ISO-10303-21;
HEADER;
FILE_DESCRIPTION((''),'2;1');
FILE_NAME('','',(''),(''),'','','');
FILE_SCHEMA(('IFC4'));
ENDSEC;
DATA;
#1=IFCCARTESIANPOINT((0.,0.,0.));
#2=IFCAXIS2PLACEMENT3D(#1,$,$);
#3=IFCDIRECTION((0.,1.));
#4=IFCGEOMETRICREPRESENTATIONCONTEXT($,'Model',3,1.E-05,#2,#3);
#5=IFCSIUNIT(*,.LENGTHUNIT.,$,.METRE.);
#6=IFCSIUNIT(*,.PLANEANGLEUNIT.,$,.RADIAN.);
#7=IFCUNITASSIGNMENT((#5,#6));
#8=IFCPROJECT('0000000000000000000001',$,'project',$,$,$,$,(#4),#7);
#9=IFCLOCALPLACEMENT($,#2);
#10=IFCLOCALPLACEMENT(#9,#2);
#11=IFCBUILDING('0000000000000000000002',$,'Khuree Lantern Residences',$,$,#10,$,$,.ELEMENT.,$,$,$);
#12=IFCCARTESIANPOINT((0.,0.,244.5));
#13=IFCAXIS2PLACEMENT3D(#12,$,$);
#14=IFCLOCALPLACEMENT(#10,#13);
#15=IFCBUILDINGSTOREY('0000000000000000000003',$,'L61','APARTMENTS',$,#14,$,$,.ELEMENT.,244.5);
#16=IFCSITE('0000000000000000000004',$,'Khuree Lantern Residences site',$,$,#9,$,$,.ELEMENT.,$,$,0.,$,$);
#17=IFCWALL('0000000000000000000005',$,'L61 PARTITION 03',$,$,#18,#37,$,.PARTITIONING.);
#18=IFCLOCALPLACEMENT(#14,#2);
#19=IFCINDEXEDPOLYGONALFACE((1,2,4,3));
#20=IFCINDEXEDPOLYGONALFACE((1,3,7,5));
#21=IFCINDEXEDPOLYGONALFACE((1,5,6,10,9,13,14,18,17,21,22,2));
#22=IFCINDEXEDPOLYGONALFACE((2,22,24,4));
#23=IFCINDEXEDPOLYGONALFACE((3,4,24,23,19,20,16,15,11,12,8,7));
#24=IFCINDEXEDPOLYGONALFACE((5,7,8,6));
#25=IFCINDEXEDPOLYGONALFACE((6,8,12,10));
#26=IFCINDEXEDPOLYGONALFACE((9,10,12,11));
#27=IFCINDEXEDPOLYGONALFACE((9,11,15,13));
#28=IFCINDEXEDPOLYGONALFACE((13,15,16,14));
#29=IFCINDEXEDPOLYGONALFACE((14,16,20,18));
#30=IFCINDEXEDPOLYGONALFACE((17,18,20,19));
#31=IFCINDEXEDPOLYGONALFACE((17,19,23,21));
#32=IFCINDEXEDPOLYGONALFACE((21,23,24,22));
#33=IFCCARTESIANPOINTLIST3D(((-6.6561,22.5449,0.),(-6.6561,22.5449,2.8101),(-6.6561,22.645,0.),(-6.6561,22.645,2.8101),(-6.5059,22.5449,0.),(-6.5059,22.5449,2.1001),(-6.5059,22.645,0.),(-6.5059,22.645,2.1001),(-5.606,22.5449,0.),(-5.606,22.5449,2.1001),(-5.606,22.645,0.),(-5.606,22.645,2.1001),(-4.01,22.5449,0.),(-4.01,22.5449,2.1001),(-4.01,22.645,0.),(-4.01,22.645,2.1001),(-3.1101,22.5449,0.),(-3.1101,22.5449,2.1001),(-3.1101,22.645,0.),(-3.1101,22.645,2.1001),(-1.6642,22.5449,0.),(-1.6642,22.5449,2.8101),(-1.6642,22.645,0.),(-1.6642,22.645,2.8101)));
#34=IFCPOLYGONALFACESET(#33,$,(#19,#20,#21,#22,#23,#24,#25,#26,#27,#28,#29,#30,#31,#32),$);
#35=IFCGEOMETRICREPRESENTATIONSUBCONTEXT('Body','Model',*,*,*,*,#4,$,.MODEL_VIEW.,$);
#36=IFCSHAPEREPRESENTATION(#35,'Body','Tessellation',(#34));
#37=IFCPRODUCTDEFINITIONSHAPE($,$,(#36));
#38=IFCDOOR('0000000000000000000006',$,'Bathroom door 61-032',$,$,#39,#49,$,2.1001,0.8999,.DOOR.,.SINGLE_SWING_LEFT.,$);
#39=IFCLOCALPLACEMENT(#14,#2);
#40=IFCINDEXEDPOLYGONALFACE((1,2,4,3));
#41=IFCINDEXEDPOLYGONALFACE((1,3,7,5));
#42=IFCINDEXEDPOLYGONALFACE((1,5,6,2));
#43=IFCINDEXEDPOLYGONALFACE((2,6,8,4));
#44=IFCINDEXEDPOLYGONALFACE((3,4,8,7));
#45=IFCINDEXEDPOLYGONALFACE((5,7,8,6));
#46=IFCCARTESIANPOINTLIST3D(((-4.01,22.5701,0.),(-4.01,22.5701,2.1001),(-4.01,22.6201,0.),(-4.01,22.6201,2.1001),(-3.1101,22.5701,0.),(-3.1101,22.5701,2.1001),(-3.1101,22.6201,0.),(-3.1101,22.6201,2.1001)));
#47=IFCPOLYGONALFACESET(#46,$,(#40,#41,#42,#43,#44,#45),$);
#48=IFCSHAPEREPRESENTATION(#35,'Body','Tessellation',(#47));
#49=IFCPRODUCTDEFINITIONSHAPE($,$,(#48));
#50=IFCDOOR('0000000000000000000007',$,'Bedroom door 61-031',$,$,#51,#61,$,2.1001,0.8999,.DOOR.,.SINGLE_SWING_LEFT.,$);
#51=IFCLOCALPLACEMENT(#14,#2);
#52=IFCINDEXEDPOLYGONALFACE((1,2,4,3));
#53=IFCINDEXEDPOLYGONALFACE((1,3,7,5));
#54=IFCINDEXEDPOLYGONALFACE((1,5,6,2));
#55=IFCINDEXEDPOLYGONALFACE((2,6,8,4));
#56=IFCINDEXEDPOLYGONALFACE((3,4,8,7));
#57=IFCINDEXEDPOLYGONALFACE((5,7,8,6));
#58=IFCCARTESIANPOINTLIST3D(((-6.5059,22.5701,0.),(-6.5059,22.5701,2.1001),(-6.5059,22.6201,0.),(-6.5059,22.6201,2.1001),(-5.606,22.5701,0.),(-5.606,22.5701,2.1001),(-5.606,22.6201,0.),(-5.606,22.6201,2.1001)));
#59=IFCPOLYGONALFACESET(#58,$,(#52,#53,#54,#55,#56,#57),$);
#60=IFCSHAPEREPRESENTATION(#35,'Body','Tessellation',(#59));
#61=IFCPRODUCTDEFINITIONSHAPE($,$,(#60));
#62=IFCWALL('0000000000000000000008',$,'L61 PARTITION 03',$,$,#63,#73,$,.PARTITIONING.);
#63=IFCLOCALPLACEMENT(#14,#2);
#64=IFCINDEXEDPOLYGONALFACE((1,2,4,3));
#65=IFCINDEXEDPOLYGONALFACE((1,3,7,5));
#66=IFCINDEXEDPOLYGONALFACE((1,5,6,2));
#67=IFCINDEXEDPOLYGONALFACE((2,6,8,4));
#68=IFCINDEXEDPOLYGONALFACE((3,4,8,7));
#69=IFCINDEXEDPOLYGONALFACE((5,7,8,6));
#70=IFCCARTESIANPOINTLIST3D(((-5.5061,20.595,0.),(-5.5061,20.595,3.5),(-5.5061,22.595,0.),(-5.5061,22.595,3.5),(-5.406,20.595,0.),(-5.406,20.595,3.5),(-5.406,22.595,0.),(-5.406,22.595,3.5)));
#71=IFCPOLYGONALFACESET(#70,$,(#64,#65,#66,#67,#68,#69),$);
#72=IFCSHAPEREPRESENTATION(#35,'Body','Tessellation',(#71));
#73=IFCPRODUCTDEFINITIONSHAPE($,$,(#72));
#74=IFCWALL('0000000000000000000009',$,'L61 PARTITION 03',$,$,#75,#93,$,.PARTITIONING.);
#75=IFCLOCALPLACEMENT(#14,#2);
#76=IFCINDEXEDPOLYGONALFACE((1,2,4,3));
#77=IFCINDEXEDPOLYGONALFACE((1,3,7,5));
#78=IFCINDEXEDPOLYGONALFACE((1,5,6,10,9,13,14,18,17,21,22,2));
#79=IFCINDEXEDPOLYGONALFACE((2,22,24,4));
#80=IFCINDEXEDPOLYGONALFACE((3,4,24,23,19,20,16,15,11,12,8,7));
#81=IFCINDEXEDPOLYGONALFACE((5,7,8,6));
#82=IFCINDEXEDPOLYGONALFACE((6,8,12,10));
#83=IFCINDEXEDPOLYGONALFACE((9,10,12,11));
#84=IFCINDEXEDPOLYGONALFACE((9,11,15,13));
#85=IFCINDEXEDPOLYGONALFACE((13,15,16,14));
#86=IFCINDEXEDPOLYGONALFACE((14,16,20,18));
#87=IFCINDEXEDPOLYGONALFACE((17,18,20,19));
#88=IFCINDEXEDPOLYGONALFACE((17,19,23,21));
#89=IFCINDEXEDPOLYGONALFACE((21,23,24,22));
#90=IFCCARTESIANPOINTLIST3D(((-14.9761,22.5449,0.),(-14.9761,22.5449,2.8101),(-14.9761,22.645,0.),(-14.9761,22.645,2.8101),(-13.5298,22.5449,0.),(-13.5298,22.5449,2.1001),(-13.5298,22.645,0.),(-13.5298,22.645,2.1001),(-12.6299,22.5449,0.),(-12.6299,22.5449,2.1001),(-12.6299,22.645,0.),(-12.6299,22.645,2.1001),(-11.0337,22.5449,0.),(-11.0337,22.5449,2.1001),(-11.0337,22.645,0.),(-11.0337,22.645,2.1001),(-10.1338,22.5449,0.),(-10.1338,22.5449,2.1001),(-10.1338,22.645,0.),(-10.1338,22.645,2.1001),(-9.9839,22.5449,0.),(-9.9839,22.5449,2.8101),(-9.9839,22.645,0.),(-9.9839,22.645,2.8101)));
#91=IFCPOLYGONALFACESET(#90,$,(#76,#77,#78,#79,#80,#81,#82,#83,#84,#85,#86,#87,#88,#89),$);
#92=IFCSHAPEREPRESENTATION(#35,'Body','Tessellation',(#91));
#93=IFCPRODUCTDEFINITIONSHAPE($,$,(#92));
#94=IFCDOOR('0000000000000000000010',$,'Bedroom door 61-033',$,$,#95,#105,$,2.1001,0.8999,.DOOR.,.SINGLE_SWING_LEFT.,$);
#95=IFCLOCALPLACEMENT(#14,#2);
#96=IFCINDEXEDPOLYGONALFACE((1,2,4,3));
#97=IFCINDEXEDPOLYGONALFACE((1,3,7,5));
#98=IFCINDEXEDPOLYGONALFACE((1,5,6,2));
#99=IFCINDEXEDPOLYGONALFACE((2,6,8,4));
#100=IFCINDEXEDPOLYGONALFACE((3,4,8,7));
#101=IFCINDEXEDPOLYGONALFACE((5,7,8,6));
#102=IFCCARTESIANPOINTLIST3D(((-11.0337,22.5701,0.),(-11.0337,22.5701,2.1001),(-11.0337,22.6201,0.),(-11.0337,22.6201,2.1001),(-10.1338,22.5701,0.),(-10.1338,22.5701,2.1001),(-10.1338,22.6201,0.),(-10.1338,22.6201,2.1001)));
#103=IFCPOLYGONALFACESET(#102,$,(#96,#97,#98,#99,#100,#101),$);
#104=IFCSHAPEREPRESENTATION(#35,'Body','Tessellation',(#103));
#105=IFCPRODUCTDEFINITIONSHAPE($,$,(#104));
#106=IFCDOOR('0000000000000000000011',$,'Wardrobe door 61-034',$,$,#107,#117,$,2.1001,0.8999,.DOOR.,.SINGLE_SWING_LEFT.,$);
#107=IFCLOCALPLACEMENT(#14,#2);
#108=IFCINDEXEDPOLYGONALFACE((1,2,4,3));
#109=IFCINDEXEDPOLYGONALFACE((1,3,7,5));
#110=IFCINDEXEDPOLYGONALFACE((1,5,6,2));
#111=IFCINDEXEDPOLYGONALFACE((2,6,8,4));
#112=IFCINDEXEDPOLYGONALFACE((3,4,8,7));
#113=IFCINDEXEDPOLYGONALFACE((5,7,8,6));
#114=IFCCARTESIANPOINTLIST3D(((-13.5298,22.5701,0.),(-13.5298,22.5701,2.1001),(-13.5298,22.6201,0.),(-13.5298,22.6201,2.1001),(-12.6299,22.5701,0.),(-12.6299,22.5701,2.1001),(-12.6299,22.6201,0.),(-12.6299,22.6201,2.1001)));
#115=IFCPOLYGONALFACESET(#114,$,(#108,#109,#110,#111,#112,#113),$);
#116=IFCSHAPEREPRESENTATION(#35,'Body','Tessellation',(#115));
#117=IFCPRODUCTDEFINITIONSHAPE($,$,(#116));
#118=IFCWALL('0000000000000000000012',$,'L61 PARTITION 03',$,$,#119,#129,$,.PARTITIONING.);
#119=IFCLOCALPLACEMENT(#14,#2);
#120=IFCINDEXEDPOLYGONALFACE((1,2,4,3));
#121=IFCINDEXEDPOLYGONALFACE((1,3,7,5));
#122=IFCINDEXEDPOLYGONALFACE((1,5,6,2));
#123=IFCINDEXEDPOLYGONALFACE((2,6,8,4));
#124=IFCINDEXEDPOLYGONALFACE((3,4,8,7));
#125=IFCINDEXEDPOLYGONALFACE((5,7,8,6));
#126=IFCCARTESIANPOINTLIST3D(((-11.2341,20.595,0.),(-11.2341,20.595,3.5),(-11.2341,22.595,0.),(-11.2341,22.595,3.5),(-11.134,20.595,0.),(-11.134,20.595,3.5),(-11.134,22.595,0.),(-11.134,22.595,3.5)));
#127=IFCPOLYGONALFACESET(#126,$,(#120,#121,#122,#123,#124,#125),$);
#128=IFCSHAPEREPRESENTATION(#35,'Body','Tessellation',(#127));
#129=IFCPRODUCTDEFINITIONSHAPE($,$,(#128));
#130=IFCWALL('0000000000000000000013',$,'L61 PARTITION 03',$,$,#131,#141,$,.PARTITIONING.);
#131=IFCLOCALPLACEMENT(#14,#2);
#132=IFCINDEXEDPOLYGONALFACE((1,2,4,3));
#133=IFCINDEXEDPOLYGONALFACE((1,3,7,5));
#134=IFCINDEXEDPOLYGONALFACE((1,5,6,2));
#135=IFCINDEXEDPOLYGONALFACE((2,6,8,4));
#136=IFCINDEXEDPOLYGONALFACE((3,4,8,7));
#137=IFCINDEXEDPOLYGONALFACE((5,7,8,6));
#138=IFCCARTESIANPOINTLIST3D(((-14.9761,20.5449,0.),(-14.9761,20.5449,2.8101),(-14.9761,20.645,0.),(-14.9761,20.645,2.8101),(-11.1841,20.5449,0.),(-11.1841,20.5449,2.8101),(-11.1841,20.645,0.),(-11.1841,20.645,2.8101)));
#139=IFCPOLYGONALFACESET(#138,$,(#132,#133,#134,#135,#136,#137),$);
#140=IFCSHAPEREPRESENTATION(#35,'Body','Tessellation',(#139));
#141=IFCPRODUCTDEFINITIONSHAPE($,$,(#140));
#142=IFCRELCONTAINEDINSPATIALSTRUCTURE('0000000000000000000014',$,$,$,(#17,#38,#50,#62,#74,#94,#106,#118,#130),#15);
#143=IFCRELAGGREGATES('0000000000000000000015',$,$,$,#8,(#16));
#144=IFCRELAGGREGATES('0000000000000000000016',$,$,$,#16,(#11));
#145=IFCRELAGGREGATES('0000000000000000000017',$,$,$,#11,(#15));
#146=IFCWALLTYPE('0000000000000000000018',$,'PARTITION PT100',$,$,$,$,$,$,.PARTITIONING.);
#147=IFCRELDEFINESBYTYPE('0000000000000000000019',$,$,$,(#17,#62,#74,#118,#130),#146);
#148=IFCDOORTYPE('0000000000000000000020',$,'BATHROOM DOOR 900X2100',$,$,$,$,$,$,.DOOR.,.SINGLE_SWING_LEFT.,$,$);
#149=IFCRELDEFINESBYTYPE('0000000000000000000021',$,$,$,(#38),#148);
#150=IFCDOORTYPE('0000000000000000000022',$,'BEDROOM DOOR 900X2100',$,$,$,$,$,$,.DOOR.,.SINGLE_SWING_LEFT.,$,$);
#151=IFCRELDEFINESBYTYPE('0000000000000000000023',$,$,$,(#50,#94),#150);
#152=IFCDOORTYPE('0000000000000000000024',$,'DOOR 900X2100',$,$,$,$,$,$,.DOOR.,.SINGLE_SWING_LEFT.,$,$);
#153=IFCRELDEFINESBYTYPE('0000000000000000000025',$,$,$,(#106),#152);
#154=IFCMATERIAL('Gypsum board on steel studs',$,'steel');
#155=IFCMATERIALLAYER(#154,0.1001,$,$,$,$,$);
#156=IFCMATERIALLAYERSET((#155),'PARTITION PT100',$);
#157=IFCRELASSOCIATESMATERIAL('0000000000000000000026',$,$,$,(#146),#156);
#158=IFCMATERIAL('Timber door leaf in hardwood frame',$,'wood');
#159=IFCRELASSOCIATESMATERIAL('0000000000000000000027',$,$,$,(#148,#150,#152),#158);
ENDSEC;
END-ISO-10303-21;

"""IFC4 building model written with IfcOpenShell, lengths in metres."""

from ifc_helpers import new_model, si_unit, direction, frame, frame_2d, origin, place, context, subcontext, project, spatial, rectangle, extrude, material, layer, layer_set, type_object, element, fill, save


model = new_model("IFC4")

# Units and contexts
model_context = context("Model", 3, precision=1e-05, world=origin(), true_north=direction((0.0, 1.0)))
body_context = subcontext(model_context, "Body", "Model", "MODEL_VIEW")
ifc_project = project(units=[si_unit("LENGTHUNIT", "METRE"), si_unit("PLANEANGLEUNIT", "RADIAN")], contexts=[model_context])

# Site, building, storey
site_placement = place(None, origin())
site = spatial("IfcSite", under=ifc_project, at=site_placement, Name="Khuree Lantern Residences site", CompositionType="ELEMENT", RefElevation=0.0)
building_placement = place(site_placement, origin())
building = spatial("IfcBuilding", under=site, at=building_placement, Name="Khuree Lantern Residences", CompositionType="ELEMENT")
storey_placement = place(building_placement, frame((0.0, 0.0, 244.5)))
storey = spatial("IfcBuildingStorey", under=building, at=storey_placement, Name="L61", Description="APARTMENTS", CompositionType="ELEMENT", Elevation=244.5)

# Shared definitions
ifc_material_1 = material(Name="Gypsum board on steel studs", Category="steel")
ifc_layer_1 = layer(ifc_material_1, 0.1001)
ifc_layer_set_1 = layer_set([ifc_layer_1], Name="PARTITION PT100")
wall_type_1 = type_object("IfcWallType", Name="PARTITION PT100", PredefinedType="PARTITIONING", material=ifc_layer_set_1)

# Wall, openings, doors
wall_1_placement = place(storey_placement, frame((-1.6641, 22.595, 0.0), z_axis=(0.0, 0.0, 1.0), x_axis=(-1.0, 0.0, 0.0)))
wall_1 = element("IfcWall", 1, at=wall_1_placement, inside=storey, type_object=wall_type_1, Name="L61 PARTITION 03", PredefinedType="PARTITIONING", context=body_context, shape_type="SweptSolid", body=[
    extrude(rectangle(XDim=4.9919, YDim=0.1001, at=frame_2d((2.4961, 0.0))), origin(), (0.0, 0.0, 1.0), 2.8101),
])
opening_1_placement = place(wall_1_placement, frame((3.9419, 0.0, 0.0)))
opening_1 = element("IfcOpeningElement", 2, at=opening_1_placement, cuts=wall_1, PredefinedType="OPENING", context=body_context, shape_type="SweptSolid", body=[
    extrude(rectangle(XDim=0.8999, YDim=2.1001, at=frame_2d((0.45, 1.05))), frame((0.0, 0.0601, 0.0), z_axis=(0.0, -1.0, 0.0), x_axis=(1.0, 0.0, 0.0)), (0.0, 0.0, 1.0), 0.1201),
])
opening_2_placement = place(wall_1_placement, frame((1.446, 0.0, 0.0)))
opening_2 = element("IfcOpeningElement", 3, at=opening_2_placement, cuts=wall_1, PredefinedType="OPENING", context=body_context, shape_type="SweptSolid", body=[
    extrude(rectangle(XDim=0.8999, YDim=2.1001, at=frame_2d((0.45, 1.05))), frame((0.0, 0.0601, 0.0), z_axis=(0.0, -1.0, 0.0), x_axis=(1.0, 0.0, 0.0)), (0.0, 0.0, 1.0), 0.1201),
])
ifc_material_2 = material(Name="Timber door leaf in hardwood frame", Category="wood")
door_type_1 = type_object("IfcDoorType", Name="BATHROOM DOOR 900X2100", OperationType="SINGLE_SWING_LEFT", PredefinedType="DOOR", material=ifc_material_2)
door_1_placement = place(opening_2_placement, origin())
door_1 = element("IfcDoor", 4, at=door_1_placement, inside=storey, type_object=door_type_1, Name="Bathroom door 61-032", OperationType="SINGLE_SWING_LEFT", OverallHeight=2.1001, OverallWidth=0.8999, PredefinedType="DOOR", context=body_context, shape_type="SweptSolid", body=[
    extrude(rectangle(XDim=0.8999, YDim=2.1001, at=frame_2d((0.45, 1.05))), frame((0.0, 0.0249, 0.0), z_axis=(0.0, -1.0, 0.0), x_axis=(1.0, 0.0, 0.0)), (0.0, 0.0, 1.0), 0.05),
])
fill(opening_2, door_1)
door_type_2 = type_object("IfcDoorType", Name="BEDROOM DOOR 900X2100", OperationType="SINGLE_SWING_LEFT", PredefinedType="DOOR", material=ifc_material_2)
door_2_placement = place(opening_1_placement, origin())
door_2 = element("IfcDoor", 5, at=door_2_placement, inside=storey, type_object=door_type_2, Name="Bedroom door 61-031", OperationType="SINGLE_SWING_LEFT", OverallHeight=2.1001, OverallWidth=0.8999, PredefinedType="DOOR", context=body_context, shape_type="SweptSolid", body=[
    extrude(rectangle(XDim=0.8999, YDim=2.1001, at=frame_2d((0.45, 1.05))), frame((0.0, 0.0249, 0.0), z_axis=(0.0, -1.0, 0.0), x_axis=(1.0, 0.0, 0.0)), (0.0, 0.0, 1.0), 0.05),
])
fill(opening_1, door_2)

# Wall
wall_2_placement = place(storey_placement, frame((-5.4561, 20.595, 0.0), z_axis=(0.0, 0.0, 1.0), x_axis=(0.0, 1.0, 0.0)))
element("IfcWall", 6, at=wall_2_placement, inside=storey, type_object=wall_type_1, Name="L61 PARTITION 03", PredefinedType="PARTITIONING", context=body_context, shape_type="SweptSolid", body=[
    extrude(rectangle(XDim=2.0, YDim=0.1001, at=frame_2d((1.0, 0.0))), origin(), (0.0, 0.0, 1.0), 3.5),
])

# Wall, openings, doors
wall_3_placement = place(storey_placement, frame((-9.9839, 22.595, 0.0), z_axis=(0.0, 0.0, 1.0), x_axis=(-1.0, 0.0, 0.0)))
wall_3 = element("IfcWall", 7, at=wall_3_placement, inside=storey, type_object=wall_type_1, Name="L61 PARTITION 03", PredefinedType="PARTITIONING", context=body_context, shape_type="SweptSolid", body=[
    extrude(rectangle(XDim=4.9922, YDim=0.1001, at=frame_2d((2.4961, 0.0))), origin(), (0.0, 0.0, 1.0), 2.8101),
])
opening_3_placement = place(wall_3_placement, frame((0.1499, 0.0, 0.0)))
opening_3 = element("IfcOpeningElement", 8, at=opening_3_placement, cuts=wall_3, PredefinedType="OPENING", context=body_context, shape_type="SweptSolid", body=[
    extrude(rectangle(XDim=0.8999, YDim=2.1001, at=frame_2d((0.45, 1.05))), frame((0.0, 0.0601, 0.0), z_axis=(0.0, -1.0, 0.0), x_axis=(1.0, 0.0, 0.0)), (0.0, 0.0, 1.0), 0.1201),
])
opening_4_placement = place(wall_3_placement, frame((2.646, 0.0, 0.0)))
opening_4 = element("IfcOpeningElement", 9, at=opening_4_placement, cuts=wall_3, PredefinedType="OPENING", context=body_context, shape_type="SweptSolid", body=[
    extrude(rectangle(XDim=0.8999, YDim=2.1001, at=frame_2d((0.45, 1.05))), frame((0.0, 0.0601, 0.0), z_axis=(0.0, -1.0, 0.0), x_axis=(1.0, 0.0, 0.0)), (0.0, 0.0, 1.0), 0.1201),
])
door_3_placement = place(opening_3_placement, origin())
door_3 = element("IfcDoor", 10, at=door_3_placement, inside=storey, type_object=door_type_2, Name="Bedroom door 61-033", OperationType="SINGLE_SWING_LEFT", OverallHeight=2.1001, OverallWidth=0.8999, PredefinedType="DOOR", context=body_context, shape_type="SweptSolid", body=[
    extrude(rectangle(XDim=0.8999, YDim=2.1001, at=frame_2d((0.45, 1.05))), frame((0.0, 0.0249, 0.0), z_axis=(0.0, -1.0, 0.0), x_axis=(1.0, 0.0, 0.0)), (0.0, 0.0, 1.0), 0.05),
])
fill(opening_3, door_3)
door_type_3 = type_object("IfcDoorType", Name="DOOR 900X2100", OperationType="SINGLE_SWING_LEFT", PredefinedType="DOOR", material=ifc_material_2)
door_4_placement = place(opening_4_placement, origin())
door_4 = element("IfcDoor", 11, at=door_4_placement, inside=storey, type_object=door_type_3, Name="Wardrobe door 61-034", OperationType="SINGLE_SWING_LEFT", OverallHeight=2.1001, OverallWidth=0.8999, PredefinedType="DOOR", context=body_context, shape_type="SweptSolid", body=[
    extrude(rectangle(XDim=0.8999, YDim=2.1001, at=frame_2d((0.45, 1.05))), frame((0.0, 0.0249, 0.0), z_axis=(0.0, -1.0, 0.0), x_axis=(1.0, 0.0, 0.0)), (0.0, 0.0, 1.0), 0.05),
])
fill(opening_4, door_4)

# Walls
wall_4_placement = place(storey_placement, frame((-11.1841, 20.595, 0.0), z_axis=(0.0, 0.0, 1.0), x_axis=(0.0, 1.0, 0.0)))
element("IfcWall", 12, at=wall_4_placement, inside=storey, type_object=wall_type_1, Name="L61 PARTITION 03", PredefinedType="PARTITIONING", context=body_context, shape_type="SweptSolid", body=[
    extrude(rectangle(XDim=2.0, YDim=0.1001, at=frame_2d((1.0, 0.0))), origin(), (0.0, 0.0, 1.0), 3.5),
])
wall_5_placement = place(storey_placement, frame((-11.1841, 20.595, 0.0), z_axis=(0.0, 0.0, 1.0), x_axis=(-1.0, 0.0, 0.0)))
element("IfcWall", 13, at=wall_5_placement, inside=storey, type_object=wall_type_1, Name="L61 PARTITION 03", PredefinedType="PARTITIONING", context=body_context, shape_type="SweptSolid", body=[
    extrude(rectangle(XDim=3.792, YDim=0.1001, at=frame_2d((1.896, 0.0))), origin(), (0.0, 0.0, 1.0), 2.8101),
])

save(model, "model.ifc")
